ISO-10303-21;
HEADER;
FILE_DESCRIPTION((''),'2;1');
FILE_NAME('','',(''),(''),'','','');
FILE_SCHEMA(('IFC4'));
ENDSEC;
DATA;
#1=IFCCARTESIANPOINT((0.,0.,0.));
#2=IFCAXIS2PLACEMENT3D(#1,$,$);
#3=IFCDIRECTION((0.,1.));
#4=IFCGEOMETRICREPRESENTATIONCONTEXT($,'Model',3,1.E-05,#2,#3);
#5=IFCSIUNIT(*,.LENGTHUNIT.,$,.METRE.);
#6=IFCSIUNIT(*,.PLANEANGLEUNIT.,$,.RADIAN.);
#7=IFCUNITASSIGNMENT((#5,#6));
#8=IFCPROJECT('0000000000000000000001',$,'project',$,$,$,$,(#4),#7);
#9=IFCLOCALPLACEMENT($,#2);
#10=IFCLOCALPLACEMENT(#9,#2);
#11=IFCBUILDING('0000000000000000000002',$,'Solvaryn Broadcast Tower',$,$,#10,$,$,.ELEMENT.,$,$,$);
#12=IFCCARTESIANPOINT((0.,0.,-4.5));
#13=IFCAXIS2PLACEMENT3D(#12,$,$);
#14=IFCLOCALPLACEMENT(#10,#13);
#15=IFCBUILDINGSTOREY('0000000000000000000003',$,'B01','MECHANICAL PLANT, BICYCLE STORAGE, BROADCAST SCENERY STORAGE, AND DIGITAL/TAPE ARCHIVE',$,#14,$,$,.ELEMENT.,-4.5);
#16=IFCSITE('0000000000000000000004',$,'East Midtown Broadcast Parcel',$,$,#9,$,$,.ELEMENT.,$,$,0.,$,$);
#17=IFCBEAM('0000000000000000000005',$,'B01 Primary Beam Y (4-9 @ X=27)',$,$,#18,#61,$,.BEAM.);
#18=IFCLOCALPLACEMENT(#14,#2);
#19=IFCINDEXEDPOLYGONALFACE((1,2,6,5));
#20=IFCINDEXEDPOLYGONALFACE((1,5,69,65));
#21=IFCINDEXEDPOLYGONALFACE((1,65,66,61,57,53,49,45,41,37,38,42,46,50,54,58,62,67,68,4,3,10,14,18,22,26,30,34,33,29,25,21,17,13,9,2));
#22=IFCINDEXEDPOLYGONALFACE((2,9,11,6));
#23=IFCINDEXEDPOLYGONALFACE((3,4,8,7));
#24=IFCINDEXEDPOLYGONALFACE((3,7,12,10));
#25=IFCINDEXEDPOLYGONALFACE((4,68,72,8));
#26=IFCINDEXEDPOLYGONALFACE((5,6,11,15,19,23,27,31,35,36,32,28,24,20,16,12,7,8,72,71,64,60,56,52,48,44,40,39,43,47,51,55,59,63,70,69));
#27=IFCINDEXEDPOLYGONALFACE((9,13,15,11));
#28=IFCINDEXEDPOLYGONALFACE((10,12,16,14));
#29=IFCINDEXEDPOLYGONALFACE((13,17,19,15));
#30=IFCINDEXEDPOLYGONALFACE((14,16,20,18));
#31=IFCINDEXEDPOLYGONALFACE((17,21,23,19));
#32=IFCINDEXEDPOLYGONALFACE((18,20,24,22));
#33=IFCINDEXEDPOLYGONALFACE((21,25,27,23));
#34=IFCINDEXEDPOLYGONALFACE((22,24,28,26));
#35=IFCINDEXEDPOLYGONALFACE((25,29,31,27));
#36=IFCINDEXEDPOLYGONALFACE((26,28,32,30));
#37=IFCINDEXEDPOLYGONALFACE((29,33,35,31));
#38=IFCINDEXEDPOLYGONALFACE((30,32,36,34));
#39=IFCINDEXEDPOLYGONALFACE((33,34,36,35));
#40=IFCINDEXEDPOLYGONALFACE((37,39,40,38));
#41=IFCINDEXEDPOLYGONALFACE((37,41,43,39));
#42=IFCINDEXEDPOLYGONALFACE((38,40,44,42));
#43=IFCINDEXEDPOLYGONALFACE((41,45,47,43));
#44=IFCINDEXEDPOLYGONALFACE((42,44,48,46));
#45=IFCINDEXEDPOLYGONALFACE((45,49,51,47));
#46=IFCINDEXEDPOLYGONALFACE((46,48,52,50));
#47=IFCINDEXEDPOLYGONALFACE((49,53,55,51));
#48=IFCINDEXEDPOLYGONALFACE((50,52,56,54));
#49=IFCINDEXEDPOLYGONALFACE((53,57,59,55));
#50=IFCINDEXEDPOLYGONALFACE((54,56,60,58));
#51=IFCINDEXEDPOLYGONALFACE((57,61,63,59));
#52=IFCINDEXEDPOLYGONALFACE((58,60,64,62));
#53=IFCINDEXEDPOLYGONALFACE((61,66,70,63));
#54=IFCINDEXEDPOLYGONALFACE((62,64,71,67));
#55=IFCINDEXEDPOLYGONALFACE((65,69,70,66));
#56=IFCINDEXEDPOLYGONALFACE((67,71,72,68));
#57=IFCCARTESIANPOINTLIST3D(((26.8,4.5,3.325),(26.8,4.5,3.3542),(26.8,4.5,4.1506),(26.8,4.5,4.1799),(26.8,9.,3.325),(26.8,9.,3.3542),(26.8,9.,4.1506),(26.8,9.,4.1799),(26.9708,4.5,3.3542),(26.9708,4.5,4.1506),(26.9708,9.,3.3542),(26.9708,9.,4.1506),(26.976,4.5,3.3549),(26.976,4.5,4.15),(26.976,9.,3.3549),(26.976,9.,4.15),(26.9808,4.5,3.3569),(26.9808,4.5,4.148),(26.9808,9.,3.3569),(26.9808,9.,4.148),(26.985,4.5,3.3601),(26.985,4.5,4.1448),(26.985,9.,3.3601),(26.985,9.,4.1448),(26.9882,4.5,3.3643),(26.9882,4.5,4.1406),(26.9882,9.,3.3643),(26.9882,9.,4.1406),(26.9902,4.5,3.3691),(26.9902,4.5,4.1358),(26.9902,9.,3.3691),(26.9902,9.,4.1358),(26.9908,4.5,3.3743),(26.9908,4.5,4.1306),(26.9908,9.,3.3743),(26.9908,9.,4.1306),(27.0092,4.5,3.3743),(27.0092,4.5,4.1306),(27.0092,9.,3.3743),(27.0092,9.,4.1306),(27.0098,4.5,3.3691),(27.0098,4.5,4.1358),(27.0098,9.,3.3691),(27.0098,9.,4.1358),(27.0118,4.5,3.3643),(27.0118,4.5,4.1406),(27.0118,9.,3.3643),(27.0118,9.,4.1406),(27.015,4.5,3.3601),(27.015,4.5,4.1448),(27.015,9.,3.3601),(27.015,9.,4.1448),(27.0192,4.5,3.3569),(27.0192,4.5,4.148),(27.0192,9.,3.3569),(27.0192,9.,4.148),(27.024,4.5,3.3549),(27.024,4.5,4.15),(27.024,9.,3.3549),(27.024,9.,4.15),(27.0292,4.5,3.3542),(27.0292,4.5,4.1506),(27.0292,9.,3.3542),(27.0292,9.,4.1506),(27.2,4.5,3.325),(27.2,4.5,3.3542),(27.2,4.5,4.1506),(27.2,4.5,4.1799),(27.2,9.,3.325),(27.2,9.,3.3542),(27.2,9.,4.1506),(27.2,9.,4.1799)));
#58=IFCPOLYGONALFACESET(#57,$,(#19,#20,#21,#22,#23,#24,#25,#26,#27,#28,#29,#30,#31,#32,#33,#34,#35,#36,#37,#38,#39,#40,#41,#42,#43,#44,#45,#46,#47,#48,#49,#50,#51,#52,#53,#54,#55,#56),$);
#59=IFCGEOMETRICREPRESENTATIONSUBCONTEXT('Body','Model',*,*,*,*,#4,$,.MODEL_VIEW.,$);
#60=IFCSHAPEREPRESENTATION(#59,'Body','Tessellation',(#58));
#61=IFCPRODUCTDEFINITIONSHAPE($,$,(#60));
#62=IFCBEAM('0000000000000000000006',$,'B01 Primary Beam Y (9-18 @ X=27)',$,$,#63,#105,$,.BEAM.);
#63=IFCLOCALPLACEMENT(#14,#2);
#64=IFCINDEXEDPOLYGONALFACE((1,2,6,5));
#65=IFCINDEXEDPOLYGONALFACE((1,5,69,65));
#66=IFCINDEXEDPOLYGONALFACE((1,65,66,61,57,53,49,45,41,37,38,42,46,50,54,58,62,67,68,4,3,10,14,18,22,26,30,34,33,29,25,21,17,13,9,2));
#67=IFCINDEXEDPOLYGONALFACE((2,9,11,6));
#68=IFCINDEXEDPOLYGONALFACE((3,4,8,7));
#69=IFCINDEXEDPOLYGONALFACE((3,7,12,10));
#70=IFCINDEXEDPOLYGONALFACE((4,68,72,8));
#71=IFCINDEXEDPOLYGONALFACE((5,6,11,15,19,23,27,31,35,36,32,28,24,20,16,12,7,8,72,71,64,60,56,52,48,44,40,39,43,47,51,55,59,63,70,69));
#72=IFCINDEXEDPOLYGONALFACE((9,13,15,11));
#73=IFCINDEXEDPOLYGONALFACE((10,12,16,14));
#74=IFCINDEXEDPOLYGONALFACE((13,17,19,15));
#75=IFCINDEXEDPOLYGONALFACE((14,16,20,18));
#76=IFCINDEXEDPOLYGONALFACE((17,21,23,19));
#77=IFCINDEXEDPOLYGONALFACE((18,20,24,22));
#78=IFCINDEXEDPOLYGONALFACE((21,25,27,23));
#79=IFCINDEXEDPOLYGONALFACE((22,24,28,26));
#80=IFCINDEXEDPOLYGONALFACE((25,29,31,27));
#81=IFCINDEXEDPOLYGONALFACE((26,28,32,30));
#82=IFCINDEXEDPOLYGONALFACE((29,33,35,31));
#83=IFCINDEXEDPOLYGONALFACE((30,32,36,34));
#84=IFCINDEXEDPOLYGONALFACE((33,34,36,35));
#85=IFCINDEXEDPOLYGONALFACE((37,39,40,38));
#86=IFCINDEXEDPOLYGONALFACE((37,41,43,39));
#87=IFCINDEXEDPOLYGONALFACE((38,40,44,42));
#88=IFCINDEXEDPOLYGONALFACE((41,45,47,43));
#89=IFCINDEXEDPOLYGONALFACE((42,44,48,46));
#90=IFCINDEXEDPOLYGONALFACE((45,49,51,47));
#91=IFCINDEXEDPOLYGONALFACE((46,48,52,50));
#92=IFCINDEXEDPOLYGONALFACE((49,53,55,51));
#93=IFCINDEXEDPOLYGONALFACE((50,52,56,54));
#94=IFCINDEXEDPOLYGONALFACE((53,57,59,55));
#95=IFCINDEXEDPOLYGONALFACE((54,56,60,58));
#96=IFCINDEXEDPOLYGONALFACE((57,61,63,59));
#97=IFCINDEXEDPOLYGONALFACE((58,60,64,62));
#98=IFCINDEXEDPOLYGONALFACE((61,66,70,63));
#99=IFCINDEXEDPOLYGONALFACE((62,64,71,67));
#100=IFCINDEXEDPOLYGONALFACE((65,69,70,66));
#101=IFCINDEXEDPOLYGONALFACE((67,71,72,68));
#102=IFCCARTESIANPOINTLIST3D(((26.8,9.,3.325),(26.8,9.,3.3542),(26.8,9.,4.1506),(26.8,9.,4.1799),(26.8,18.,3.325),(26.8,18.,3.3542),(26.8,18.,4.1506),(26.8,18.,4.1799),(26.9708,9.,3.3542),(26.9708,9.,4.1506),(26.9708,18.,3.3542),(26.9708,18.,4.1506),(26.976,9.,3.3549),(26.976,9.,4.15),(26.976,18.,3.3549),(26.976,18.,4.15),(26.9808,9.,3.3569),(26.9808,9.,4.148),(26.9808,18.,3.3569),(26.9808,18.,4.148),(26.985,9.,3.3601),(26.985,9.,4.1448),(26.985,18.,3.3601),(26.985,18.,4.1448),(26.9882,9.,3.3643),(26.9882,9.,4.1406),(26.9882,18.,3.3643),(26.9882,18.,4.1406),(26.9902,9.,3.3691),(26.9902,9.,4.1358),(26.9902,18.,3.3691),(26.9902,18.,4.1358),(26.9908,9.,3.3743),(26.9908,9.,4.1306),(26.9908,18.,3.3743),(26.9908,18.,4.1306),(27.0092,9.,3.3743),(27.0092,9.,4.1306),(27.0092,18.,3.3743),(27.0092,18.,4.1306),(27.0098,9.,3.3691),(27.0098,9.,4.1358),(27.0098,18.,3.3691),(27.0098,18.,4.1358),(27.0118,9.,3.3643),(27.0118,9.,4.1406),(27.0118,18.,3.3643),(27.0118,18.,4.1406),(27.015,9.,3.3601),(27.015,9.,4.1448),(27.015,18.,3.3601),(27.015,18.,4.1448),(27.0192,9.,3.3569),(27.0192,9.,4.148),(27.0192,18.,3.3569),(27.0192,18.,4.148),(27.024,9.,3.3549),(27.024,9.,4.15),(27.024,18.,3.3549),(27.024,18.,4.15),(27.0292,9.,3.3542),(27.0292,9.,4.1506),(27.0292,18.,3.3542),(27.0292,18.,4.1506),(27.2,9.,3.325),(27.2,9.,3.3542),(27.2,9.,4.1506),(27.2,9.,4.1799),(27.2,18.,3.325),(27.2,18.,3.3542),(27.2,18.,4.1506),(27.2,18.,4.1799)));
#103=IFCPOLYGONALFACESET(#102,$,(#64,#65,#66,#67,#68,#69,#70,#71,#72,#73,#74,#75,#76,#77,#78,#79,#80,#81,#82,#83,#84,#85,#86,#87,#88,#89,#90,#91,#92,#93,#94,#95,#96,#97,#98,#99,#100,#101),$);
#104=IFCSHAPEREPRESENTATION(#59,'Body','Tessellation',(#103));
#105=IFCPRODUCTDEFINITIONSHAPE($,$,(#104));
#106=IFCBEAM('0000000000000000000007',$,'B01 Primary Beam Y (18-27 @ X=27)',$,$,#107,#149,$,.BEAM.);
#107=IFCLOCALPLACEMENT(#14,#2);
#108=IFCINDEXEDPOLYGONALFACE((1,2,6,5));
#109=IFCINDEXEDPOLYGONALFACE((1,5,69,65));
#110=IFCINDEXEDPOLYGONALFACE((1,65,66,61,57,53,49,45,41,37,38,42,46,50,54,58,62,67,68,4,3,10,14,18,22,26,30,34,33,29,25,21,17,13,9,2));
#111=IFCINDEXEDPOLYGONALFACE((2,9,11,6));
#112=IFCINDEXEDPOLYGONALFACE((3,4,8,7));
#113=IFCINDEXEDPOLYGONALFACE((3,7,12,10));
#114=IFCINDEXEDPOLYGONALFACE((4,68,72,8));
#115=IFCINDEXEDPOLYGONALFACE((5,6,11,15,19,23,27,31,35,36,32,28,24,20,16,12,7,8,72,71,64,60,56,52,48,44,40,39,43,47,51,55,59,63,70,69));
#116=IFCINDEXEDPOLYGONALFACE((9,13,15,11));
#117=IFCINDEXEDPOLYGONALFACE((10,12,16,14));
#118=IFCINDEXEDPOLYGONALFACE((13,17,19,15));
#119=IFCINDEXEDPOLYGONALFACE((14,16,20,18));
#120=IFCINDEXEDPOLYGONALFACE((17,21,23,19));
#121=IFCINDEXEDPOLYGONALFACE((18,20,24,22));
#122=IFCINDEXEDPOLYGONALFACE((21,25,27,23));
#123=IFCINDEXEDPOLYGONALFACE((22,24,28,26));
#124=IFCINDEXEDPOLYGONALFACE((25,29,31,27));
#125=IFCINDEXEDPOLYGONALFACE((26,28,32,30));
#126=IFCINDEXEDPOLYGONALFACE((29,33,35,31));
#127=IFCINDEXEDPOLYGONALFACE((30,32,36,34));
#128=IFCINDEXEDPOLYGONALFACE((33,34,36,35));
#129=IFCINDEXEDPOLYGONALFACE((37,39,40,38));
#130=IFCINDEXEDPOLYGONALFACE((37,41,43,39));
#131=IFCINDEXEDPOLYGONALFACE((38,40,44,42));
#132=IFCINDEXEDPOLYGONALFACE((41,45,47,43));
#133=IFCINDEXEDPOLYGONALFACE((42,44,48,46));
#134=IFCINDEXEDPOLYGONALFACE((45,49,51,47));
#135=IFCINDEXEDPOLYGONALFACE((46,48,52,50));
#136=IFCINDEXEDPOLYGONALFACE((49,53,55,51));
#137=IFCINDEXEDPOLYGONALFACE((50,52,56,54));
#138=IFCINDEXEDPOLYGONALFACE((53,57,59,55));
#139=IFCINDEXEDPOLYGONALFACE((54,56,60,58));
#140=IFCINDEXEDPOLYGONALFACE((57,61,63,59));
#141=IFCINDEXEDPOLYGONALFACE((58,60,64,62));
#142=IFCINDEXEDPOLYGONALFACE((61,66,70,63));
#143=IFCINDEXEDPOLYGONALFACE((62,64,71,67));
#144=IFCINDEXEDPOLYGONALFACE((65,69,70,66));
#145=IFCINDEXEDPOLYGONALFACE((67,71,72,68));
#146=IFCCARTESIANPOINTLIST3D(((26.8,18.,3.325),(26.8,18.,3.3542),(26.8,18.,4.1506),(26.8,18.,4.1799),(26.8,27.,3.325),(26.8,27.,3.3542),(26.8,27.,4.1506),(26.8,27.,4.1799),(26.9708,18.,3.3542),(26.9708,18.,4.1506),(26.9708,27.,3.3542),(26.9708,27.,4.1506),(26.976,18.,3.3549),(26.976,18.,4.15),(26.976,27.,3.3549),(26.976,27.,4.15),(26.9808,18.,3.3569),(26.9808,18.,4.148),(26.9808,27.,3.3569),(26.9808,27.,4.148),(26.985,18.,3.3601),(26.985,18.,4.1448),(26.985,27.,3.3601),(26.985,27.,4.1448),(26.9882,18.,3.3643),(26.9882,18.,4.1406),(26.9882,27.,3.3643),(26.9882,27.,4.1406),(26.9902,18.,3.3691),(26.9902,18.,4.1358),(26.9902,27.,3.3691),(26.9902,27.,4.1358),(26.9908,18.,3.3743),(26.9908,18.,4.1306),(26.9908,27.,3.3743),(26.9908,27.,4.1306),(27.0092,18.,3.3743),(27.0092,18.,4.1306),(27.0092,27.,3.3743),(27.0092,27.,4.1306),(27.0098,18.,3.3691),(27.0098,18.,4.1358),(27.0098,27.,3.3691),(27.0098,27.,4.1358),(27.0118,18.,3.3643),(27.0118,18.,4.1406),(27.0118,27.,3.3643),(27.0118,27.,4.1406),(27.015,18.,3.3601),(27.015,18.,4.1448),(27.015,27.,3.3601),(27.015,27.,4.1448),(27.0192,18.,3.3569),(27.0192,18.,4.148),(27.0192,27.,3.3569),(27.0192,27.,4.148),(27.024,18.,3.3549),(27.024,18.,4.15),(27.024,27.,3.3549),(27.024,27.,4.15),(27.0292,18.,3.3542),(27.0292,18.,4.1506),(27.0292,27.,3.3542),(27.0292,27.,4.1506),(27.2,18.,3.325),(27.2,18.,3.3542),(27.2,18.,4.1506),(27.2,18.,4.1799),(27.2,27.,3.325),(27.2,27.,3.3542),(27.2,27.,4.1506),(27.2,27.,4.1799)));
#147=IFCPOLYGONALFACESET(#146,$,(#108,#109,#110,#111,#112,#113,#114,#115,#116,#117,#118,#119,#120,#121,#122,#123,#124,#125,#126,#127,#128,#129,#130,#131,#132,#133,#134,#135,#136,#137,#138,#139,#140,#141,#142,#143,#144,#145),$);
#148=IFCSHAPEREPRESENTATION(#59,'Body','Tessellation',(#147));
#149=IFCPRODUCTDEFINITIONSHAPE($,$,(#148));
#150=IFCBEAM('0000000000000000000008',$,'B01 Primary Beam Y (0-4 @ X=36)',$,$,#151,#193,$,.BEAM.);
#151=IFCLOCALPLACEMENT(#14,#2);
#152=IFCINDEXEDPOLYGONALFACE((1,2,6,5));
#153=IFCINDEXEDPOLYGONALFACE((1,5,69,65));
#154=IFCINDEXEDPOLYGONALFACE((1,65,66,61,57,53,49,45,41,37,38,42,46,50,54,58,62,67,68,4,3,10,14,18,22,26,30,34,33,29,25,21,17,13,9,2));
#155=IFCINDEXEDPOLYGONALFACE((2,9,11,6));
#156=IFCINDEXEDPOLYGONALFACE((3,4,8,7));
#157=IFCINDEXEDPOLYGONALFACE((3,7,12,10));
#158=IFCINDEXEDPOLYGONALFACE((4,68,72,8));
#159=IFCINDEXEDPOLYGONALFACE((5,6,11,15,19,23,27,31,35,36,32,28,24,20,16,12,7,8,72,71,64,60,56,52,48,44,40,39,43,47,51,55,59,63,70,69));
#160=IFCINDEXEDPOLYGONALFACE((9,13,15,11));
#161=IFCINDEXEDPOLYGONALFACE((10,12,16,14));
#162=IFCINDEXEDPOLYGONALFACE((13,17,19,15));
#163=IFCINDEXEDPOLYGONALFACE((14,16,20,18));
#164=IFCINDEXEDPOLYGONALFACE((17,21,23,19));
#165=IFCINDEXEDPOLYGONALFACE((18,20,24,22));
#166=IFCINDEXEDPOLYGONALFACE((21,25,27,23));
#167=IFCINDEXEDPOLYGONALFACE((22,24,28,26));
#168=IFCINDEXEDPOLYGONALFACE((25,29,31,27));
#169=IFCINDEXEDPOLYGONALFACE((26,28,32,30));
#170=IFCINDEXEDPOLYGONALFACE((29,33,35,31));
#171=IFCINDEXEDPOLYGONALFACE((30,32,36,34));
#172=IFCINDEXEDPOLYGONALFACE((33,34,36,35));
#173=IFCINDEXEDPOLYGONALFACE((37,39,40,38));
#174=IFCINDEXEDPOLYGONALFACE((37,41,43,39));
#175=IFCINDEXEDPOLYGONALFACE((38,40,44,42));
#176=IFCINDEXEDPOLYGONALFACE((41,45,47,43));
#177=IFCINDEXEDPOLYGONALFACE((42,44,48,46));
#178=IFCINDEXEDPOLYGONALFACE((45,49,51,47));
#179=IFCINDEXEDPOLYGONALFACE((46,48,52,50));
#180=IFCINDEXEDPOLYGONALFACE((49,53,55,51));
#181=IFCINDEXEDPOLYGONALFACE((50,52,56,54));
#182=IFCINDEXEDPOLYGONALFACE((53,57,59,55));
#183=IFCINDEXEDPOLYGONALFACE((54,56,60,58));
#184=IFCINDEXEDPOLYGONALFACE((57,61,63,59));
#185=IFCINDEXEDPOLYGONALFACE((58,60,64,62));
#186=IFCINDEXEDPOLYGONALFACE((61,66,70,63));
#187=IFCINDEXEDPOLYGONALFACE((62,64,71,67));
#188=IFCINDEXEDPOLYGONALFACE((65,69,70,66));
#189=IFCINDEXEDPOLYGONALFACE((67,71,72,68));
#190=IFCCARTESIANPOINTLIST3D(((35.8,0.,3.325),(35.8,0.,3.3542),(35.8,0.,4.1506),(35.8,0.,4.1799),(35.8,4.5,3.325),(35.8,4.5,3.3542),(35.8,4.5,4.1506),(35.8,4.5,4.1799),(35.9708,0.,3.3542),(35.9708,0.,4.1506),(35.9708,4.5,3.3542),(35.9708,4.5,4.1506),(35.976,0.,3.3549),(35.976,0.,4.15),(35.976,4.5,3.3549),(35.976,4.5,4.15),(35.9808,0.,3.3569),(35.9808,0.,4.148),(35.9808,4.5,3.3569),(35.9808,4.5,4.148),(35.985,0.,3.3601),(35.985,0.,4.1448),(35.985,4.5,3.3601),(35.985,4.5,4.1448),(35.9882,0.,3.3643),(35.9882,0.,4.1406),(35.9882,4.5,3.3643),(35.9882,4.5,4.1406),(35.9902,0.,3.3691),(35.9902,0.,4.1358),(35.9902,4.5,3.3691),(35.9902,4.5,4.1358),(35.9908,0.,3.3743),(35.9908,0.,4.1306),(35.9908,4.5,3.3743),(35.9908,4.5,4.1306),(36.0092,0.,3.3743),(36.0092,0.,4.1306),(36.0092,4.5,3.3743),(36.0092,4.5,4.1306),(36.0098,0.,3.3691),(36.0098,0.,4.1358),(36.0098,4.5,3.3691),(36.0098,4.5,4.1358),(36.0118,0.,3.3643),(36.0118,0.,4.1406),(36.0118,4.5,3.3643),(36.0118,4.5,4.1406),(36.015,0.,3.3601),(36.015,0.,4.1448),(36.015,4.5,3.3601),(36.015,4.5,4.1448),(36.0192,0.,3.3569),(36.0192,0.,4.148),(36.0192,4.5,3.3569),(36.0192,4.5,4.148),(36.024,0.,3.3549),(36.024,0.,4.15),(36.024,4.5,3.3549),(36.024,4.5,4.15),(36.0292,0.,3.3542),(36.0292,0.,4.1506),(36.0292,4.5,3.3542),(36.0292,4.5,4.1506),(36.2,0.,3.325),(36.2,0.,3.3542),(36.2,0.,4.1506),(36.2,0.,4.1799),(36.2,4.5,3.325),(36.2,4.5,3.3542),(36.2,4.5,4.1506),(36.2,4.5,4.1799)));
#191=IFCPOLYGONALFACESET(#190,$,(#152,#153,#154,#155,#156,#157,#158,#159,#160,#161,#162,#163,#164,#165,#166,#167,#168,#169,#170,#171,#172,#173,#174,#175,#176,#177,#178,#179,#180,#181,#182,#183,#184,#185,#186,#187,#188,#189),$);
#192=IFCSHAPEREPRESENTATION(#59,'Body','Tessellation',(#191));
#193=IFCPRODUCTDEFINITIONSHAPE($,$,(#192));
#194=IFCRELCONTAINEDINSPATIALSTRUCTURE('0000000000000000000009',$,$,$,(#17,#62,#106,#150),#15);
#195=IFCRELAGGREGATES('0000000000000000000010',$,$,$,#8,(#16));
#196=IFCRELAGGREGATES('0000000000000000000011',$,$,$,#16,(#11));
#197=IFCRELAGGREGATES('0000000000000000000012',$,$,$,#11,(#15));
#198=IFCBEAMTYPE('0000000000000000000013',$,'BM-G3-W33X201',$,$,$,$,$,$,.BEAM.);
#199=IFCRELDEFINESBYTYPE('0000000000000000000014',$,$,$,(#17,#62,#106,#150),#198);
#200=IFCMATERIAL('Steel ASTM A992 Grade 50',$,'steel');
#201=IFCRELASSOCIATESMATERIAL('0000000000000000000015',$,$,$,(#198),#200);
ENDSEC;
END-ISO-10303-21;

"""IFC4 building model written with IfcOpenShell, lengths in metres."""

from ifc_helpers import new_model, si_unit, direction, frame, origin, origin_2d, place, context, subcontext, project, spatial, i_section, extrude, material, material_profile, profile_set, type_object, element, save


model = new_model("IFC4")

# Units and contexts
model_context = context("Model", 3, precision=1e-05, world=origin(), true_north=direction((0.0, 1.0)))
body_context = subcontext(model_context, "Body", "Model", "MODEL_VIEW")
ifc_project = project(units=[si_unit("LENGTHUNIT", "METRE"), si_unit("PLANEANGLEUNIT", "RADIAN")], contexts=[model_context])

# Site, building, storey
site_placement = place(None, origin())
site = spatial("IfcSite", under=ifc_project, at=site_placement, Name="East Midtown Broadcast Parcel", CompositionType="ELEMENT", RefElevation=0.0)
building_placement = place(site_placement, origin())
building = spatial("IfcBuilding", under=site, at=building_placement, Name="Solvaryn Broadcast Tower", CompositionType="ELEMENT")
storey_placement = place(building_placement, frame((0.0, 0.0, -4.5)))
storey = spatial("IfcBuildingStorey", under=building, at=storey_placement, Name="B01", Description="MECHANICAL PLANT, BICYCLE STORAGE, BROADCAST SCENERY STORAGE, AND DIGITAL/TAPE ARCHIVE", CompositionType="ELEMENT", Elevation=-4.5)

# Beams
ifc_material_1 = material(Name="Steel ASTM A992 Grade 50", Category="steel")
ifc_material_profile_1 = material_profile(ifc_material_1, i_section(OverallWidth=0.3999, OverallDepth=0.855, WebThickness=0.0183, FlangeThickness=0.0293, FilletRadius=0.02, at=origin_2d()))
ifc_profile_set_1 = profile_set([ifc_material_profile_1], Name="Steel ASTM A992 Grade 50")
beam_type_1 = type_object("IfcBeamType", Name="BM-G3-W33X201", PredefinedType="BEAM", material=ifc_profile_set_1)
for number, where, z_axis, x_axis, name in (
    (1, (27.0, 4.5, 3.7524), (0.0, 1.0, 0.0), (-1.0, 0.0, 0.0), "B01 Primary Beam Y (4-9 @ X=27)"),
):
    element("IfcBeam", number, at=place(storey_placement, frame(where, z_axis=z_axis, x_axis=x_axis)), inside=storey, type_object=beam_type_1, Name=name, PredefinedType="BEAM", context=body_context, shape_type="SweptSolid", body=[
        extrude(i_section(OverallWidth=0.3999, OverallDepth=0.855, WebThickness=0.0183, FlangeThickness=0.0293, FilletRadius=0.02, at=origin_2d()), origin(), (0.0, 0.0, 1.0), 4.5),
    ])
for number, where, z_axis, x_axis, name in (
    (2, (27.0, 9.0, 3.7524), (0.0, 1.0, 0.0), (-1.0, 0.0, 0.0), "B01 Primary Beam Y (9-18 @ X=27)"),
    (3, (27.0, 18.0, 3.7524), (0.0, 1.0, 0.0), (-1.0, 0.0, 0.0), "B01 Primary Beam Y (18-27 @ X=27)"),
):
    element("IfcBeam", number, at=place(storey_placement, frame(where, z_axis=z_axis, x_axis=x_axis)), inside=storey, type_object=beam_type_1, Name=name, PredefinedType="BEAM", context=body_context, shape_type="SweptSolid", body=[
        extrude(i_section(OverallWidth=0.3999, OverallDepth=0.855, WebThickness=0.0183, FlangeThickness=0.0293, FilletRadius=0.02, at=origin_2d()), origin(), (0.0, 0.0, 1.0), 9.0),
    ])
for number, where, z_axis, x_axis, name in (
    (4, (36.0, 0.0, 3.7524), (0.0, 1.0, 0.0), (-1.0, 0.0, 0.0), "B01 Primary Beam Y (0-4 @ X=36)"),
):
    element("IfcBeam", number, at=place(storey_placement, frame(where, z_axis=z_axis, x_axis=x_axis)), inside=storey, type_object=beam_type_1, Name=name, PredefinedType="BEAM", context=body_context, shape_type="SweptSolid", body=[
        extrude(i_section(OverallWidth=0.3999, OverallDepth=0.855, WebThickness=0.0183, FlangeThickness=0.0293, FilletRadius=0.02, at=origin_2d()), origin(), (0.0, 0.0, 1.0), 4.5),
    ])

save(model, "model.ifc")
